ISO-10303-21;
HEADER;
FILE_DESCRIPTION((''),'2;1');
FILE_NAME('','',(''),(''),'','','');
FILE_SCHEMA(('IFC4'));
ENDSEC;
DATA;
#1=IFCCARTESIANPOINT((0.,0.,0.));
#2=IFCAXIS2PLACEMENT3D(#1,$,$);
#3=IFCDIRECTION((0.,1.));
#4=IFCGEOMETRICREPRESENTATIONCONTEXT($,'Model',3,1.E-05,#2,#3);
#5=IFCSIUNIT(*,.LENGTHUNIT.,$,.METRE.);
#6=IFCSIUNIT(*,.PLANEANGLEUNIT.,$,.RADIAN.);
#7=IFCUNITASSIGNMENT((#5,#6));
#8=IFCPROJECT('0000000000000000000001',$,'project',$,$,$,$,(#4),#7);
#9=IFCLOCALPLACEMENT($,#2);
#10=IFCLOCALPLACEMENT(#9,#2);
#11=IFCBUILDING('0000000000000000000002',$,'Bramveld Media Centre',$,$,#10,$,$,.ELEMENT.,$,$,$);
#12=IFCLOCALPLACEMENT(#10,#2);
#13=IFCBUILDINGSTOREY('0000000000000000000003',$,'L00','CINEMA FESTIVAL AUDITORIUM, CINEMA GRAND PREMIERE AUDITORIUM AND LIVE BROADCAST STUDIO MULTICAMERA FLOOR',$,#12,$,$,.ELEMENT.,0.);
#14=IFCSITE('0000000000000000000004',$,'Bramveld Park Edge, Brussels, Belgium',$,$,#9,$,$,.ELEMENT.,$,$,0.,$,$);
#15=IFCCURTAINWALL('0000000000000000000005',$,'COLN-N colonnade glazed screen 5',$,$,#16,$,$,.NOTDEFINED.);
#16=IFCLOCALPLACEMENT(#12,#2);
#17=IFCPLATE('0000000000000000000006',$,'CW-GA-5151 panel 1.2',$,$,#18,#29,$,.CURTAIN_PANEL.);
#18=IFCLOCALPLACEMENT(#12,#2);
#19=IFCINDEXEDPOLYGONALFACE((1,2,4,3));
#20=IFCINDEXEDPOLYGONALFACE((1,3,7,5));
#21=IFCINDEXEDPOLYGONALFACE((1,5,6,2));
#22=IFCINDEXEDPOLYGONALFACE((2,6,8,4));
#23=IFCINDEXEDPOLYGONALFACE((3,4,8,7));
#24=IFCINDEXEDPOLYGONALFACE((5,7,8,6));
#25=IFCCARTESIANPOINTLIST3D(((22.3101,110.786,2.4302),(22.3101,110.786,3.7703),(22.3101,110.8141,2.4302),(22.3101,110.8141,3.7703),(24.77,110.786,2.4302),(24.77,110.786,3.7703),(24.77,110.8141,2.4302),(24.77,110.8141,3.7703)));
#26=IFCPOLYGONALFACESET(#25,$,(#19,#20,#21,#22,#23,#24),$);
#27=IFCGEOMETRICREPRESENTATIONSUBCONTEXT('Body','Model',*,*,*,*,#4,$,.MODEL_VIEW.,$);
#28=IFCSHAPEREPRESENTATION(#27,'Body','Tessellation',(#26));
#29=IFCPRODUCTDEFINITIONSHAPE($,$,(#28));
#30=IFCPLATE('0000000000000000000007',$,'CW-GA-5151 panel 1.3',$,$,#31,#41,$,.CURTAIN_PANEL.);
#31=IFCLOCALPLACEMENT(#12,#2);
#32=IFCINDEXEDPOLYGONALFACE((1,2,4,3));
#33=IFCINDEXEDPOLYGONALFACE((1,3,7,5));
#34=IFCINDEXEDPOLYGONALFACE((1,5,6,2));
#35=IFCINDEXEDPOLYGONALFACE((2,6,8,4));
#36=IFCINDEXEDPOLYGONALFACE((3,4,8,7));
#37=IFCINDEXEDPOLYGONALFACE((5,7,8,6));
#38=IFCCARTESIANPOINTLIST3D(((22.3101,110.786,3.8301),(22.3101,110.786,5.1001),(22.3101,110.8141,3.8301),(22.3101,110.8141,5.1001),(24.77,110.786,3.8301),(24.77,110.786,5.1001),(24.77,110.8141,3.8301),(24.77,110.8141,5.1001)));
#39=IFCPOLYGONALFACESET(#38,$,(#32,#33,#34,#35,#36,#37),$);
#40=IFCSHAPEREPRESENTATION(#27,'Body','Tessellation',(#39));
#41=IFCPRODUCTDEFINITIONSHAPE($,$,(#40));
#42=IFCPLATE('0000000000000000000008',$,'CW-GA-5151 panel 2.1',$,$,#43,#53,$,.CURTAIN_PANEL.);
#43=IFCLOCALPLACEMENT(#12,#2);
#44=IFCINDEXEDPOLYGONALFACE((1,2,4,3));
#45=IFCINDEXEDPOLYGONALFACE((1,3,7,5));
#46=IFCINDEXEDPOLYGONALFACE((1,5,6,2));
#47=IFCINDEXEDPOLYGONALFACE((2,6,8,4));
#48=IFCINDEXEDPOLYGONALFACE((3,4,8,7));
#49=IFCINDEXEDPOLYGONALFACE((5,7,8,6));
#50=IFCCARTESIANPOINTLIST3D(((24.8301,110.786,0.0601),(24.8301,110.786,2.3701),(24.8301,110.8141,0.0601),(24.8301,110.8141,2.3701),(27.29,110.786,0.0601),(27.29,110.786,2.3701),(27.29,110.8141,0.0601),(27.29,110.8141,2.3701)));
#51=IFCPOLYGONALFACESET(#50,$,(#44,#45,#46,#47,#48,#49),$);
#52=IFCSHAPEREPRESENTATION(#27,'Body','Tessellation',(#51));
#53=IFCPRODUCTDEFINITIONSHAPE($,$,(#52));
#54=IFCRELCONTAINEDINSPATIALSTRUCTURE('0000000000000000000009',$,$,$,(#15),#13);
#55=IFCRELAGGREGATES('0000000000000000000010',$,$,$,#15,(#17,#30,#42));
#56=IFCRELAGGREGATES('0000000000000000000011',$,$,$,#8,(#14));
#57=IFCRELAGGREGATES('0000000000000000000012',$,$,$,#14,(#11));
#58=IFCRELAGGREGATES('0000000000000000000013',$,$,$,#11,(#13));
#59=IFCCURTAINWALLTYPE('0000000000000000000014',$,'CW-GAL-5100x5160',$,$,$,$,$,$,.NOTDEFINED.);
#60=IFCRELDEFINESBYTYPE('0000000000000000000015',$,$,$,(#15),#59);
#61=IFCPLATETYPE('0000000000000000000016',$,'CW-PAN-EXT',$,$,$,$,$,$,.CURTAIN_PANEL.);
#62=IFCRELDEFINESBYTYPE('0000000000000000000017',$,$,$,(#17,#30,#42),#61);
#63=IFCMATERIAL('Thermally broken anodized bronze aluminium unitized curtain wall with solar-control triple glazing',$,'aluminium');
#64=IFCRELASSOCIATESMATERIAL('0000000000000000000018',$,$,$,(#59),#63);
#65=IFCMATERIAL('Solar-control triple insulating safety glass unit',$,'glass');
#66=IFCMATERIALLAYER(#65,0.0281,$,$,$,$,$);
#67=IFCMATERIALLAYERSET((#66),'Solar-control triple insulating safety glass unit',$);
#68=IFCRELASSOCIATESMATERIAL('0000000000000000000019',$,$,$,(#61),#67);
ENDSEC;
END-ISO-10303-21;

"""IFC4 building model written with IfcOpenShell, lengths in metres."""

from ifc_helpers import new_model, si_unit, direction, frame, origin, origin_2d, place, context, subcontext, project, spatial, rectangle, extrude, material, layer, layer_set, type_object, element, aggregate, save


model = new_model("IFC4")

# Units and contexts
model_context = context("Model", 3, precision=1e-05, world=origin(), true_north=direction((0.0, 1.0)))
body_context = subcontext(model_context, "Body", "Model", "MODEL_VIEW")
ifc_project = project(units=[si_unit("LENGTHUNIT", "METRE"), si_unit("PLANEANGLEUNIT", "RADIAN")], contexts=[model_context])

# Site, building, storey
site_placement = place(None, origin())
site = spatial("IfcSite", under=ifc_project, at=site_placement, Name="Bramveld Park Edge, Brussels, Belgium", CompositionType="ELEMENT", RefElevation=0.0)
building_placement = place(site_placement, origin())
building = spatial("IfcBuilding", under=site, at=building_placement, Name="Bramveld Media Centre", CompositionType="ELEMENT")
storey_placement = place(building_placement, origin())
storey = spatial("IfcBuildingStorey", under=building, at=storey_placement, Name="L00", Description="CINEMA FESTIVAL AUDITORIUM, CINEMA GRAND PREMIERE AUDITORIUM AND LIVE BROADCAST STUDIO MULTICAMERA FLOOR", CompositionType="ELEMENT", Elevation=0.0)

# Shared definitions
ifc_material_1 = material(Name="Thermally broken anodized bronze aluminium unitized curtain wall with solar-control triple glazing", Category="aluminium")
curtain_wall_type = type_object("IfcCurtainWallType", Name="CW-GAL-5100x5160", PredefinedType="NOTDEFINED", material=ifc_material_1)

# Curtain wall
curtain_wall_1_placement = place(storey_placement, origin())
curtain_wall_1 = element("IfcCurtainWall", 1, at=curtain_wall_1_placement, inside=storey, type_object=curtain_wall_type, Name="COLN-N colonnade glazed screen 5", PredefinedType="NOTDEFINED")

# Plates
ifc_material_2 = material(Name="Solar-control triple insulating safety glass unit", Category="glass")
ifc_layer = layer(ifc_material_2, 0.0281)
ifc_layer_set = layer_set([ifc_layer], Name="Solar-control triple insulating safety glass unit")
plate_type = type_object("IfcPlateType", Name="CW-PAN-EXT", PredefinedType="CURTAIN_PANEL", material=ifc_layer_set)
plate_1_placement = place(storey_placement, frame((23.54, 110.8, 2.4302), z_axis=(0.0, 0.0, 1.0), x_axis=(1.0, 0.0, 0.0)))
plate_1 = element("IfcPlate", 2, at=plate_1_placement, type_object=plate_type, Name="CW-GA-5151 panel 1.2", PredefinedType="CURTAIN_PANEL", context=body_context, shape_type="SweptSolid", body=[
    extrude(rectangle(XDim=2.46, YDim=0.0281, at=origin_2d()), origin(), (0.0, 0.0, 1.0), 1.3401),
])
plate_2_placement = place(storey_placement, frame((23.54, 110.8, 3.8301), z_axis=(0.0, 0.0, 1.0), x_axis=(1.0, 0.0, 0.0)))
plate_2 = element("IfcPlate", 3, at=plate_2_placement, type_object=plate_type, Name="CW-GA-5151 panel 1.3", PredefinedType="CURTAIN_PANEL", context=body_context, shape_type="SweptSolid", body=[
    extrude(rectangle(XDim=2.46, YDim=0.0281, at=origin_2d()), origin(), (0.0, 0.0, 1.0), 1.27),
])
plate_3_placement = place(storey_placement, frame((26.0601, 110.8, 0.0601), z_axis=(0.0, 0.0, 1.0), x_axis=(1.0, 0.0, 0.0)))
plate_3 = element("IfcPlate", 4, at=plate_3_placement, type_object=plate_type, Name="CW-GA-5151 panel 2.1", PredefinedType="CURTAIN_PANEL", context=body_context, shape_type="SweptSolid", body=[
    extrude(rectangle(XDim=2.46, YDim=0.0281, at=origin_2d()), origin(), (0.0, 0.0, 1.0), 2.3101),
])
aggregate(curtain_wall_1, [plate_1, plate_2, plate_3])

save(model, "model.ifc")
